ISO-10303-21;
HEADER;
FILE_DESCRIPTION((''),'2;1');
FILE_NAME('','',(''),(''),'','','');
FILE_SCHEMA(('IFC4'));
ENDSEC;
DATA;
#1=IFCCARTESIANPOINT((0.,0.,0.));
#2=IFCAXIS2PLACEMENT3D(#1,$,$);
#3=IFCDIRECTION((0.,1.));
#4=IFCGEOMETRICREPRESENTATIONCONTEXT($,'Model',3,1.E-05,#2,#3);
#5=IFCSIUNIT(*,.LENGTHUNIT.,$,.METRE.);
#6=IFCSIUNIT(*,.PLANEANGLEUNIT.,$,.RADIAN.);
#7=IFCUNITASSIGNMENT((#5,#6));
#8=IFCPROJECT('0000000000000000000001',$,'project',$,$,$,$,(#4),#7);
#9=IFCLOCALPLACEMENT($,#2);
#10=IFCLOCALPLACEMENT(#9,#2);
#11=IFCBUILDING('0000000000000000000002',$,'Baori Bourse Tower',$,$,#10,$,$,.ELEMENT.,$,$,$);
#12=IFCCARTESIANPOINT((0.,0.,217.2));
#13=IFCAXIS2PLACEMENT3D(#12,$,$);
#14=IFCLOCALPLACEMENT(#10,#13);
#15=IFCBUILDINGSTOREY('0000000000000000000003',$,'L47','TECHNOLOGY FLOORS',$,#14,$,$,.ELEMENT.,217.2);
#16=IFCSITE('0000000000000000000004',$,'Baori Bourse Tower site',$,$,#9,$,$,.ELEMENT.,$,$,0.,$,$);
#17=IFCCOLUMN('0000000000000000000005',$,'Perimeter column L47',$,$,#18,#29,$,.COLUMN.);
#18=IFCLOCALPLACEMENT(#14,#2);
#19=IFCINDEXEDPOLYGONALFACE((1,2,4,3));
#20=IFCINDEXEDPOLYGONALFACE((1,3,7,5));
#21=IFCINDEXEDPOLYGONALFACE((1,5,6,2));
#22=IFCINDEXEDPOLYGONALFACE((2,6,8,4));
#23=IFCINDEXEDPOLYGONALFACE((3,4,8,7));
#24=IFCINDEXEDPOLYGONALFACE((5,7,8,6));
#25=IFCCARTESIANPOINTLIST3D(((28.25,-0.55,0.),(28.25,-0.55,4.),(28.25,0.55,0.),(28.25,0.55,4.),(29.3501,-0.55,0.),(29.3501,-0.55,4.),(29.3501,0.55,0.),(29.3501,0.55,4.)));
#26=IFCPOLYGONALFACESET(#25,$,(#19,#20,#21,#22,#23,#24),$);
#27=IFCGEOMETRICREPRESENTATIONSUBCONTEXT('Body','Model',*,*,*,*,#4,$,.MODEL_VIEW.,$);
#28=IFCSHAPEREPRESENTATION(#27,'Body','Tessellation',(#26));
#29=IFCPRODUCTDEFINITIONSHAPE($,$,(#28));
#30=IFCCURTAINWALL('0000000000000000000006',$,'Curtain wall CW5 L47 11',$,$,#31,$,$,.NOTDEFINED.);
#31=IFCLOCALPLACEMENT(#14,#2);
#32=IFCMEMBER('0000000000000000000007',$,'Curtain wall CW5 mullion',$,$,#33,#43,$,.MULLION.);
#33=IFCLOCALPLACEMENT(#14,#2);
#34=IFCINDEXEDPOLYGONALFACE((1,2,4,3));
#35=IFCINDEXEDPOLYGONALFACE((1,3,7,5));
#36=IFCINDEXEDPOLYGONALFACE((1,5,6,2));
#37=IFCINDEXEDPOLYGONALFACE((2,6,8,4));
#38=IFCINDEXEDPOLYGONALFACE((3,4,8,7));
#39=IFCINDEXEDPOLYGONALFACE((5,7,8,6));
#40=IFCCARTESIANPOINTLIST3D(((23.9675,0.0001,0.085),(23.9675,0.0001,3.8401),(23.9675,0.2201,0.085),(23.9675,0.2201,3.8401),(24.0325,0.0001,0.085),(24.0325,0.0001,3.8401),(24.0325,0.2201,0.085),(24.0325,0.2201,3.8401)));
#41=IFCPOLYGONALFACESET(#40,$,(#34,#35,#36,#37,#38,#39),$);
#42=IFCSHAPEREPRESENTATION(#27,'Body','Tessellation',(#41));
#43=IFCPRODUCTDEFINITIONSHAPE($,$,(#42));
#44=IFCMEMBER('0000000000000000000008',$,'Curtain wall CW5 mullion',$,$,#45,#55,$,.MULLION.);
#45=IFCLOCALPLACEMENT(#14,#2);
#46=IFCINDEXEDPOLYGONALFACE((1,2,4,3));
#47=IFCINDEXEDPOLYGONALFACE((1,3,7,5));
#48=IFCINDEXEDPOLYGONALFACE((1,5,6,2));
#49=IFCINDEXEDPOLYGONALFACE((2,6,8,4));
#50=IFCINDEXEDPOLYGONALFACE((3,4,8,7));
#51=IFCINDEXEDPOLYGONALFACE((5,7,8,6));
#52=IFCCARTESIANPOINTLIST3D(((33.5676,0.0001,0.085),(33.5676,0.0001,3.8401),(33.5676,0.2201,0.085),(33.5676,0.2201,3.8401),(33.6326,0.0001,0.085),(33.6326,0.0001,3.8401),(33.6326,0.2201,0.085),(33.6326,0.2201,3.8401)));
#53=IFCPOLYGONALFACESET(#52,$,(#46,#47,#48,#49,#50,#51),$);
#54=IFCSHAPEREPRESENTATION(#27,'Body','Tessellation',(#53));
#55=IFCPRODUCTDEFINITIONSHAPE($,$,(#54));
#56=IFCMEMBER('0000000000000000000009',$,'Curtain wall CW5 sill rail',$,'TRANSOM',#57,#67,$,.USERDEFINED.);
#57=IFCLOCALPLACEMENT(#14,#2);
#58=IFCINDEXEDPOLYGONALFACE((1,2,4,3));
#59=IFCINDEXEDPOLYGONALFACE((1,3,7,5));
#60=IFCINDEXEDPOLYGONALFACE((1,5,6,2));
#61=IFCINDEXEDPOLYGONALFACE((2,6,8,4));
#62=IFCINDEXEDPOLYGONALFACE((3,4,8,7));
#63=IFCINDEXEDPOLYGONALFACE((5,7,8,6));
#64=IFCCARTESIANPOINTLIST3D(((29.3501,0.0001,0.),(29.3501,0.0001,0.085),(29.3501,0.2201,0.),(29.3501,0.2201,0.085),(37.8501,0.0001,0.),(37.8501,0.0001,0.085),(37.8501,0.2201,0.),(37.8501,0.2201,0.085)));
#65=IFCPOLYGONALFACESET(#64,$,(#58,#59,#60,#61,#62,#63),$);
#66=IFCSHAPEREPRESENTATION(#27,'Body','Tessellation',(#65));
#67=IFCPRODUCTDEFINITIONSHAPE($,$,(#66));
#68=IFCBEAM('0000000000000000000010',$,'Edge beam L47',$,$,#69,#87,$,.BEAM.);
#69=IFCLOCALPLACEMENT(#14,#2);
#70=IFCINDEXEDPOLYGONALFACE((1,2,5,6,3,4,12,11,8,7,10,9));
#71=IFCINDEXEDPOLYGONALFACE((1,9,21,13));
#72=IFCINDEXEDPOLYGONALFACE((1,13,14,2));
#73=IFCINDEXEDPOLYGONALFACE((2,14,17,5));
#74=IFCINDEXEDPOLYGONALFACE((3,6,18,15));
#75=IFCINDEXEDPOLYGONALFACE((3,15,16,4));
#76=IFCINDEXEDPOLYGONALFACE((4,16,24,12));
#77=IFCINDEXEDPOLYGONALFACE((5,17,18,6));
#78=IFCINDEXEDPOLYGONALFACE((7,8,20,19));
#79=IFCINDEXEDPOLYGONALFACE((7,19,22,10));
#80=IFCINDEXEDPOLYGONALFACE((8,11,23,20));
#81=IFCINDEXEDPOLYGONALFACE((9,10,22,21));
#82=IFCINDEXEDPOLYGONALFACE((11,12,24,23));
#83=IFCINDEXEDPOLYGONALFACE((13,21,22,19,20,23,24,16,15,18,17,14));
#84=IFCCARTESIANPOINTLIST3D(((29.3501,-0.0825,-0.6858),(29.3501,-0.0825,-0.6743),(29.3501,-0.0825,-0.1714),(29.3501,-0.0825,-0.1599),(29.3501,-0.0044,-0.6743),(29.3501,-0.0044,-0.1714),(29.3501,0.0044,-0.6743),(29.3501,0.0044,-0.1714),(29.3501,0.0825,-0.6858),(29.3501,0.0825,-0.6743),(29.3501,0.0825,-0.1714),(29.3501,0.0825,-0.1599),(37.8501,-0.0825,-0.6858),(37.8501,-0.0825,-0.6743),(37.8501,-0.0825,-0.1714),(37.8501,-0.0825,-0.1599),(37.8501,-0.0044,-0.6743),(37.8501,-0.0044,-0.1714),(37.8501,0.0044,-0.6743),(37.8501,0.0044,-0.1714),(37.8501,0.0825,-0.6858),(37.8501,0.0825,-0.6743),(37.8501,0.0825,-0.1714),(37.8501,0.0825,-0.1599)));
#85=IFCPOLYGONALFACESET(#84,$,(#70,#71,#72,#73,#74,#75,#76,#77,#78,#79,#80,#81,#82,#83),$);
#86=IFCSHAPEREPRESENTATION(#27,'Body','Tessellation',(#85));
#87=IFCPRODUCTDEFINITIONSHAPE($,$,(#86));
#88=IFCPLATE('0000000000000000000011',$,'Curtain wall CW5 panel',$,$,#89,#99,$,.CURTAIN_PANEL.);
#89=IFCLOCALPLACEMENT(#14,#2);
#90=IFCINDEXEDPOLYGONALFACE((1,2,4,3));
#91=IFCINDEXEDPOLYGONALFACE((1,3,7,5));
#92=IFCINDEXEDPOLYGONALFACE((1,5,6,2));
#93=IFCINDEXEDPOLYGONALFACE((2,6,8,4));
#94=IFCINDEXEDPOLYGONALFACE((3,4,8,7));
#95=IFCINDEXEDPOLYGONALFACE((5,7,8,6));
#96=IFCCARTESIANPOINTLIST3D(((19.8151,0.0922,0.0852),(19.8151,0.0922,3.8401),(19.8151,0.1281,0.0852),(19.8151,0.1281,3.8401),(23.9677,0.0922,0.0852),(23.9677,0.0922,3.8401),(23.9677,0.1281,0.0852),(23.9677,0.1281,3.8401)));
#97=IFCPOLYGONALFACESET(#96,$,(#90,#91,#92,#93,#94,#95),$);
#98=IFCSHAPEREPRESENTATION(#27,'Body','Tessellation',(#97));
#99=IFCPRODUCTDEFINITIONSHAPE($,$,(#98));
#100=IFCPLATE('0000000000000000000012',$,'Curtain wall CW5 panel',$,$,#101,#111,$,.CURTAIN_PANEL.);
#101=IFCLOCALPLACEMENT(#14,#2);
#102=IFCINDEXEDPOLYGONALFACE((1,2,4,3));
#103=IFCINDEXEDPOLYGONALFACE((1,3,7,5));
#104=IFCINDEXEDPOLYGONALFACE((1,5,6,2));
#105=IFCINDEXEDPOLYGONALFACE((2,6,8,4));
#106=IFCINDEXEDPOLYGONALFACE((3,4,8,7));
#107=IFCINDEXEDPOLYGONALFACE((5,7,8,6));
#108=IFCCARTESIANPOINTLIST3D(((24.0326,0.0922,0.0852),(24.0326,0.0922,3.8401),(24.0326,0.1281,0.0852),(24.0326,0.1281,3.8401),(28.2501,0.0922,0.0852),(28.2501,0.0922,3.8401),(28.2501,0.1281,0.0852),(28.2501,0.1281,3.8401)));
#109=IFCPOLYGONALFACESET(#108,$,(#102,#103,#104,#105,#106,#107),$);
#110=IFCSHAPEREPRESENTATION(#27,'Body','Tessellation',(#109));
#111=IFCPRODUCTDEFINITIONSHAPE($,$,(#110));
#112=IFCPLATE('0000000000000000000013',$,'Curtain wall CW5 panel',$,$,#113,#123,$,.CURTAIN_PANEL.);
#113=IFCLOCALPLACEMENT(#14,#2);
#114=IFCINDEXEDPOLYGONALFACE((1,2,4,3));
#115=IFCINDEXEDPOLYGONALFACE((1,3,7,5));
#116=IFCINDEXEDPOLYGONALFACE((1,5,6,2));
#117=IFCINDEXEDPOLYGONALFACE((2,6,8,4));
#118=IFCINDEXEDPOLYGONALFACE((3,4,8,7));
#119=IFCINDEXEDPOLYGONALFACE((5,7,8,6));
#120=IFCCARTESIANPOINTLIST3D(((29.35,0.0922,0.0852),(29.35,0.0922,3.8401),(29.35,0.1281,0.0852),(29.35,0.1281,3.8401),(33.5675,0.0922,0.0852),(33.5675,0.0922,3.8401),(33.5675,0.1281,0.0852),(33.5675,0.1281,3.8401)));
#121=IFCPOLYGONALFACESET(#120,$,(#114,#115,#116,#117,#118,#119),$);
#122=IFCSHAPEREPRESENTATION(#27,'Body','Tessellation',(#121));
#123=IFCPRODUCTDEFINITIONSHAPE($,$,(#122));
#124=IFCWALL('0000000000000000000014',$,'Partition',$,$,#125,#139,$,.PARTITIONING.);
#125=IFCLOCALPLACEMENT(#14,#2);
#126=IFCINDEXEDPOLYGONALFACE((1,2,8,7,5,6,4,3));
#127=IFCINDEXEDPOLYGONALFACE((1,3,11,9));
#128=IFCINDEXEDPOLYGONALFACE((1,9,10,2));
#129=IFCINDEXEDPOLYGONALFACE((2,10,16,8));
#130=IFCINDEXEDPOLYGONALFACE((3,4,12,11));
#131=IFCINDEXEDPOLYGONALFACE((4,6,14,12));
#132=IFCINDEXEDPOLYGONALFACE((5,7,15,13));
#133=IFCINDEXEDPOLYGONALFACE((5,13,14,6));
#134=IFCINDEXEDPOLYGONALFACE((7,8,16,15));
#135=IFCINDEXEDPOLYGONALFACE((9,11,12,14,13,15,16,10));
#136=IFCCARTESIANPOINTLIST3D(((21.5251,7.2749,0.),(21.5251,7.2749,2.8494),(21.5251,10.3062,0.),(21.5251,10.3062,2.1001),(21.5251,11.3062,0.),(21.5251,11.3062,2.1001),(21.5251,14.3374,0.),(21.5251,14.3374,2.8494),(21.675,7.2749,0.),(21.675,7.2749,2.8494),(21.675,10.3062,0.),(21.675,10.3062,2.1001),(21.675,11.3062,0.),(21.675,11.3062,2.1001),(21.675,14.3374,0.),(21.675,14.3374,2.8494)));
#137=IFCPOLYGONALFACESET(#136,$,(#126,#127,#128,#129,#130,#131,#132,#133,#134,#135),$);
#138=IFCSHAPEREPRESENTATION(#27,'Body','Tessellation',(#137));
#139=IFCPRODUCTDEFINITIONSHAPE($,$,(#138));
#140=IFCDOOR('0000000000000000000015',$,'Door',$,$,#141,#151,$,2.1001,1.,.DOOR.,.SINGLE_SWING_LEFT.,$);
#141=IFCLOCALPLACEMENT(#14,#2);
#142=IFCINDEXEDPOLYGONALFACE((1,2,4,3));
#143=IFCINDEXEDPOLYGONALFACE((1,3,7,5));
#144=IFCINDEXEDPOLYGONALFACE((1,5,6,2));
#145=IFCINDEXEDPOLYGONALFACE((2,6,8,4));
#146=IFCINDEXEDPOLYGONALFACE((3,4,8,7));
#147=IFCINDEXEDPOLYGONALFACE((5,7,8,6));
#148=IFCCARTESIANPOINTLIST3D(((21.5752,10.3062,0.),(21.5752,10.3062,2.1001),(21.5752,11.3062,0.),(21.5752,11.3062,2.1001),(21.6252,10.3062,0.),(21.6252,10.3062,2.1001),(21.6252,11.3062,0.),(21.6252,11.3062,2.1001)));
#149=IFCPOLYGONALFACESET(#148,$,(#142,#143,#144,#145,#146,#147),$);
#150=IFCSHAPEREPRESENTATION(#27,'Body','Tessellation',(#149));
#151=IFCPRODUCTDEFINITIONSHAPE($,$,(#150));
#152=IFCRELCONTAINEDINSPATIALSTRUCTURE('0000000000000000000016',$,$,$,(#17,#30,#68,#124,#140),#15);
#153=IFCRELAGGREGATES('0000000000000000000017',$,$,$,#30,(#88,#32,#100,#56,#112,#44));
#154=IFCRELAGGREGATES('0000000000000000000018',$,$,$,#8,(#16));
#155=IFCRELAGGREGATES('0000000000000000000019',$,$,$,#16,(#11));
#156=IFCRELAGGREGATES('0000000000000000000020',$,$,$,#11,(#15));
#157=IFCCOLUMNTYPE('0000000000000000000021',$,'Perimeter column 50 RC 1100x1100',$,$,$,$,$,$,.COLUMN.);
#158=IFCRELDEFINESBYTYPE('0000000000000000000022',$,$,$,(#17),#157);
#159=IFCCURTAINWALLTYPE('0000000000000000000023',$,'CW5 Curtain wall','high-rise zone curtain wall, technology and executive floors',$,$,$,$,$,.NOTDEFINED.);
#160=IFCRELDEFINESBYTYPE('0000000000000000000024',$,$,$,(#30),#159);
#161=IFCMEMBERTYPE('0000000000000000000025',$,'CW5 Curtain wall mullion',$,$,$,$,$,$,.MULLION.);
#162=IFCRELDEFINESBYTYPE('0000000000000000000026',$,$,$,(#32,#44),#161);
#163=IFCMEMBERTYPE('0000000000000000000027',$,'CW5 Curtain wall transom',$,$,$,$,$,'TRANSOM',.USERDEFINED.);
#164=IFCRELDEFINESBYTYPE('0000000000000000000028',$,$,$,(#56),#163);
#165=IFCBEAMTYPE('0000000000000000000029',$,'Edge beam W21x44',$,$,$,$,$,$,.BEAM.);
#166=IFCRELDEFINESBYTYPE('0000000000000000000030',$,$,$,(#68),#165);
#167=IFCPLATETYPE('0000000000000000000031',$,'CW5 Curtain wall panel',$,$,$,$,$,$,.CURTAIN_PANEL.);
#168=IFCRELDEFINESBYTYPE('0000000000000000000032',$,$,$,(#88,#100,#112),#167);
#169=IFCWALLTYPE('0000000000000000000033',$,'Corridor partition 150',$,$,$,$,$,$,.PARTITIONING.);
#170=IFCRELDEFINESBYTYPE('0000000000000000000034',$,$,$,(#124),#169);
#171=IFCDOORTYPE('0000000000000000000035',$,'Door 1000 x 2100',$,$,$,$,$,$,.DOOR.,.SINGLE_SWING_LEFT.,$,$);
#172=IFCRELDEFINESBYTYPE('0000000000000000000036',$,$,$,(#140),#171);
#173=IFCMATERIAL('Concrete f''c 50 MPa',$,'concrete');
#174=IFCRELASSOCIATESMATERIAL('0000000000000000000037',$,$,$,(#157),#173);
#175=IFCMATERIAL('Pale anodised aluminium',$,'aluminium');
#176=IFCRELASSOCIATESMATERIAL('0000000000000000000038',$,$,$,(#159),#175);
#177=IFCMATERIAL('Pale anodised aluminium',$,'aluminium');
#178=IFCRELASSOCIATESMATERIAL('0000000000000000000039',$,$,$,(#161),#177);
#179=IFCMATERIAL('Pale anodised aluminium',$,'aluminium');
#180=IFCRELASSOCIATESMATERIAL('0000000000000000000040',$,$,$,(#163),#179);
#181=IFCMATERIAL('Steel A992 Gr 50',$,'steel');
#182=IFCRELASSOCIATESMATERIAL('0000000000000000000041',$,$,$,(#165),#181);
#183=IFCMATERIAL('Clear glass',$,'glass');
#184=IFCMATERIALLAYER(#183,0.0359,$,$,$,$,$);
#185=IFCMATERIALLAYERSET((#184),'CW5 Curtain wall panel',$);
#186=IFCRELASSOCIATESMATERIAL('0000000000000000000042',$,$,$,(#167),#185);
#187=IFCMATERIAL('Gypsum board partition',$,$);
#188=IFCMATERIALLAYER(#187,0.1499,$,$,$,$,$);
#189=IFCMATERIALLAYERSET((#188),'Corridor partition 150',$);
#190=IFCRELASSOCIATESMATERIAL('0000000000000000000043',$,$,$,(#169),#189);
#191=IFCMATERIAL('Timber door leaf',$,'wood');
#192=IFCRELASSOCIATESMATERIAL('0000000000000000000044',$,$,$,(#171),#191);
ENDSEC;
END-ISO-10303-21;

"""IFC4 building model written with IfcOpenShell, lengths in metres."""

from ifc_helpers import new_model, si_unit, direction, frame, frame_2d, origin, origin_2d, place, context, subcontext, project, spatial, rectangle, i_section, extrude, material, layer, layer_set, material_profile, profile_set, type_object, element, fill, aggregate, save


model = new_model("IFC4")

# Units and contexts
model_context = context("Model", 3, precision=1e-05, world=origin(), true_north=direction((0.0, 1.0)))
body_context = subcontext(model_context, "Body", "Model", "MODEL_VIEW")
ifc_project = project(units=[si_unit("LENGTHUNIT", "METRE"), si_unit("PLANEANGLEUNIT", "RADIAN")], contexts=[model_context])

# Site, building, storey
site_placement = place(None, origin())
site = spatial("IfcSite", under=ifc_project, at=site_placement, Name="Baori Bourse Tower site", CompositionType="ELEMENT", RefElevation=0.0)
building_placement = place(site_placement, origin())
building = spatial("IfcBuilding", under=site, at=building_placement, Name="Baori Bourse Tower", CompositionType="ELEMENT")
storey_placement = place(building_placement, frame((0.0, 0.0, 217.2)))
storey = spatial("IfcBuildingStorey", under=building, at=storey_placement, Name="L47", Description="TECHNOLOGY FLOORS", CompositionType="ELEMENT", Elevation=217.2)

# Column
ifc_material_1 = material(Name="Concrete f'c 50 MPa", Category="concrete")
ifc_material_profile_1 = material_profile(ifc_material_1, rectangle(XDim=1.1001, YDim=1.1001, at=origin_2d()), Name="RC 1100x1100")
ifc_profile_set_1 = profile_set([ifc_material_profile_1], Name="Concrete f'c 50 MPa")
column_type = type_object("IfcColumnType", Name="Perimeter column 50 RC 1100x1100", PredefinedType="COLUMN", material=ifc_profile_set_1)
column_placement = place(storey_placement, frame((28.8, 0.0, 0.0), z_axis=(0.0, 0.0, 1.0), x_axis=(1.0, 0.0, 0.0)))
element("IfcColumn", 1, at=column_placement, inside=storey, type_object=column_type, Name="Perimeter column L47", PredefinedType="COLUMN", context=body_context, shape_type="SweptSolid", body=[
    extrude(rectangle(XDim=1.1001, YDim=1.1001, at=origin_2d()), origin(), (0.0, 0.0, 1.0), 4.0),
])

# Curtain wall, members
ifc_material_2 = material(Name="Pale anodised aluminium", Category="aluminium")
curtain_wall_type = type_object("IfcCurtainWallType", Name="CW5 Curtain wall", Description="high-rise zone curtain wall, technology and executive floors", PredefinedType="NOTDEFINED", material=ifc_material_2)
curtain_wall_placement = place(storey_placement, origin())
curtain_wall = element("IfcCurtainWall", 2, at=curtain_wall_placement, inside=storey, type_object=curtain_wall_type, Name="Curtain wall CW5 L47 11", PredefinedType="NOTDEFINED")
ifc_material_3 = material(Name="Pale anodised aluminium", Category="aluminium")
ifc_material_profile_2 = material_profile(ifc_material_3, rectangle(XDim=0.22, YDim=0.0649, at=origin_2d()), Name="Mullion 65x220")
ifc_profile_set_2 = profile_set([ifc_material_profile_2], Name="Pale anodised aluminium")
member_type_1 = type_object("IfcMemberType", Name="CW5 Curtain wall mullion", PredefinedType="MULLION", material=ifc_profile_set_2)
member_1_placement = place(storey_placement, frame((24.0, 0.1101, 0.085), z_axis=(0.0, 0.0, 1.0), x_axis=(0.0, 1.0, 0.0)))
member_1 = element("IfcMember", 3, at=member_1_placement, type_object=member_type_1, Name="Curtain wall CW5 mullion", PredefinedType="MULLION", context=body_context, shape_type="SweptSolid", body=[
    extrude(rectangle(XDim=0.22, YDim=0.0649, at=origin_2d()), origin(), (0.0, 0.0, 1.0), 3.7551),
])
member_2_placement = place(storey_placement, frame((33.6001, 0.1101, 0.085), z_axis=(0.0, 0.0, 1.0), x_axis=(0.0, 1.0, 0.0)))
member_2 = element("IfcMember", 4, at=member_2_placement, type_object=member_type_1, Name="Curtain wall CW5 mullion", PredefinedType="MULLION", context=body_context, shape_type="SweptSolid", body=[
    extrude(rectangle(XDim=0.22, YDim=0.0649, at=origin_2d()), origin(), (0.0, 0.0, 1.0), 3.7551),
])
ifc_material_4 = material(Name="Pale anodised aluminium", Category="aluminium")
ifc_material_profile_3 = material_profile(ifc_material_4, rectangle(XDim=0.22, YDim=0.085, at=origin_2d()), Name="Transom 85x220")
ifc_profile_set_3 = profile_set([ifc_material_profile_3], Name="Pale anodised aluminium")
member_type_2 = type_object("IfcMemberType", Name="CW5 Curtain wall transom", ElementType="TRANSOM", PredefinedType="USERDEFINED", material=ifc_profile_set_3)
member_3_placement = place(storey_placement, frame((29.3501, 0.1101, 0.0425), z_axis=(1.0, 0.0, 0.0), x_axis=(0.0, 1.0, 0.0)))
member_3 = element("IfcMember", 5, at=member_3_placement, type_object=member_type_2, Name="Curtain wall CW5 sill rail", ObjectType="TRANSOM", PredefinedType="USERDEFINED", context=body_context, shape_type="SweptSolid", body=[
    extrude(rectangle(XDim=0.22, YDim=0.085, at=origin_2d()), origin(), (0.0, 0.0, 1.0), 8.5),
])

# Beam
ifc_material_5 = material(Name="Steel A992 Gr 50", Category="steel")
ifc_material_profile_4 = material_profile(ifc_material_5, i_section(OverallWidth=0.165, OverallDepth=0.5259, WebThickness=0.0088, FlangeThickness=0.0115, at=origin_2d()), Name="W21x44")
ifc_profile_set_4 = profile_set([ifc_material_profile_4], Name="Steel A992 Gr 50")
beam_type = type_object("IfcBeamType", Name="Edge beam W21x44", PredefinedType="BEAM", material=ifc_profile_set_4)
beam_placement = place(storey_placement, frame((29.3501, 0.0, -0.4229), z_axis=(1.0, 0.0, 0.0), x_axis=(0.0, 1.0, 0.0)))
element("IfcBeam", 6, at=beam_placement, inside=storey, type_object=beam_type, Name="Edge beam L47", PredefinedType="BEAM", context=body_context, shape_type="SweptSolid", body=[
    extrude(i_section(OverallWidth=0.165, OverallDepth=0.5259, WebThickness=0.0088, FlangeThickness=0.0115, at=origin_2d()), origin(), (0.0, 0.0, 1.0), 8.5),
])

# Plates
ifc_material_6 = material(Name="Clear glass", Category="glass")
ifc_layer_1 = layer(ifc_material_6, 0.0359)
ifc_layer_set_1 = layer_set([ifc_layer_1], Name="CW5 Curtain wall panel")
plate_type = type_object("IfcPlateType", Name="CW5 Curtain wall panel", PredefinedType="CURTAIN_PANEL", material=ifc_layer_set_1)
plate_1_placement = place(storey_placement, frame((21.8914, 0.1101, 0.0852), z_axis=(0.0, 0.0, 1.0), x_axis=(1.0, 0.0, 0.0)))
plate_1 = element("IfcPlate", 7, at=plate_1_placement, type_object=plate_type, Name="Curtain wall CW5 panel", PredefinedType="CURTAIN_PANEL", context=body_context, shape_type="SweptSolid", body=[
    extrude(rectangle(XDim=4.1526, YDim=0.0359, at=origin_2d()), origin(), (0.0, 0.0, 1.0), 3.7549),
])
plate_2_placement = place(storey_placement, frame((26.1414, 0.1101, 0.0852), z_axis=(0.0, 0.0, 1.0), x_axis=(1.0, 0.0, 0.0)))
plate_2 = element("IfcPlate", 8, at=plate_2_placement, type_object=plate_type, Name="Curtain wall CW5 panel", PredefinedType="CURTAIN_PANEL", context=body_context, shape_type="SweptSolid", body=[
    extrude(rectangle(XDim=4.2175, YDim=0.0359, at=origin_2d()), origin(), (0.0, 0.0, 1.0), 3.7549),
])
plate_3_placement = place(storey_placement, frame((31.4587, 0.1101, 0.0852), z_axis=(0.0, 0.0, 1.0), x_axis=(1.0, 0.0, 0.0)))
plate_3 = element("IfcPlate", 9, at=plate_3_placement, type_object=plate_type, Name="Curtain wall CW5 panel", PredefinedType="CURTAIN_PANEL", context=body_context, shape_type="SweptSolid", body=[
    extrude(rectangle(XDim=4.2175, YDim=0.0359, at=origin_2d()), origin(), (0.0, 0.0, 1.0), 3.7549),
])
aggregate(curtain_wall, [plate_1, member_1, plate_2, member_3, plate_3, member_2])

# Wall, opening, door
ifc_material_7 = material(Name="Gypsum board partition")
ifc_layer_2 = layer(ifc_material_7, 0.1499)
ifc_layer_set_2 = layer_set([ifc_layer_2], Name="Corridor partition 150")
wall_type_1 = type_object("IfcWallType", Name="Corridor partition 150", PredefinedType="PARTITIONING", material=ifc_layer_set_2)
wall_1_placement = place(storey_placement, frame((21.6001, 7.2749, 0.0), z_axis=(0.0, 0.0, 1.0), x_axis=(0.0, 1.0, 0.0)))
wall_1 = element("IfcWall", 10, at=wall_1_placement, inside=storey, type_object=wall_type_1, Name="Partition", PredefinedType="PARTITIONING", context=body_context, shape_type="SweptSolid", body=[
    extrude(rectangle(XDim=7.0625, YDim=0.1499, at=frame_2d((3.5312, 0.0))), origin(), (0.0, 0.0, 1.0), 2.8494),
])
opening_1_placement = place(wall_1_placement, frame((3.0312, 0.0, 0.0)))
opening_1 = element("IfcOpeningElement", 11, at=opening_1_placement, cuts=wall_1, PredefinedType="OPENING", context=body_context, shape_type="SweptSolid", body=[
    extrude(rectangle(XDim=1.0, YDim=2.1001, at=frame_2d((0.5, 1.05))), frame((0.0, 0.085, 0.0), z_axis=(0.0, -1.0, 0.0), x_axis=(1.0, 0.0, 0.0)), (0.0, 0.0, 1.0), 0.1699),
])
ifc_material_8 = material(Name="Timber door leaf", Category="wood")
door_type = type_object("IfcDoorType", Name="Door 1000 x 2100", OperationType="SINGLE_SWING_LEFT", PredefinedType="DOOR", material=ifc_material_8)
door_1_placement = place(opening_1_placement, origin())
door_1 = element("IfcDoor", 12, at=door_1_placement, inside=storey, type_object=door_type, Name="Door", OperationType="SINGLE_SWING_LEFT", OverallHeight=2.1001, OverallWidth=1.0, PredefinedType="DOOR", context=body_context, shape_type="SweptSolid", body=[
    extrude(rectangle(XDim=1.0, YDim=2.1001, at=frame_2d((0.5, 1.05))), frame((0.0, 0.0249, 0.0), z_axis=(0.0, -1.0, 0.0), x_axis=(1.0, 0.0, 0.0)), (0.0, 0.0, 1.0), 0.05),
])
fill(opening_1, door_1)

save(model, "model.ifc")
